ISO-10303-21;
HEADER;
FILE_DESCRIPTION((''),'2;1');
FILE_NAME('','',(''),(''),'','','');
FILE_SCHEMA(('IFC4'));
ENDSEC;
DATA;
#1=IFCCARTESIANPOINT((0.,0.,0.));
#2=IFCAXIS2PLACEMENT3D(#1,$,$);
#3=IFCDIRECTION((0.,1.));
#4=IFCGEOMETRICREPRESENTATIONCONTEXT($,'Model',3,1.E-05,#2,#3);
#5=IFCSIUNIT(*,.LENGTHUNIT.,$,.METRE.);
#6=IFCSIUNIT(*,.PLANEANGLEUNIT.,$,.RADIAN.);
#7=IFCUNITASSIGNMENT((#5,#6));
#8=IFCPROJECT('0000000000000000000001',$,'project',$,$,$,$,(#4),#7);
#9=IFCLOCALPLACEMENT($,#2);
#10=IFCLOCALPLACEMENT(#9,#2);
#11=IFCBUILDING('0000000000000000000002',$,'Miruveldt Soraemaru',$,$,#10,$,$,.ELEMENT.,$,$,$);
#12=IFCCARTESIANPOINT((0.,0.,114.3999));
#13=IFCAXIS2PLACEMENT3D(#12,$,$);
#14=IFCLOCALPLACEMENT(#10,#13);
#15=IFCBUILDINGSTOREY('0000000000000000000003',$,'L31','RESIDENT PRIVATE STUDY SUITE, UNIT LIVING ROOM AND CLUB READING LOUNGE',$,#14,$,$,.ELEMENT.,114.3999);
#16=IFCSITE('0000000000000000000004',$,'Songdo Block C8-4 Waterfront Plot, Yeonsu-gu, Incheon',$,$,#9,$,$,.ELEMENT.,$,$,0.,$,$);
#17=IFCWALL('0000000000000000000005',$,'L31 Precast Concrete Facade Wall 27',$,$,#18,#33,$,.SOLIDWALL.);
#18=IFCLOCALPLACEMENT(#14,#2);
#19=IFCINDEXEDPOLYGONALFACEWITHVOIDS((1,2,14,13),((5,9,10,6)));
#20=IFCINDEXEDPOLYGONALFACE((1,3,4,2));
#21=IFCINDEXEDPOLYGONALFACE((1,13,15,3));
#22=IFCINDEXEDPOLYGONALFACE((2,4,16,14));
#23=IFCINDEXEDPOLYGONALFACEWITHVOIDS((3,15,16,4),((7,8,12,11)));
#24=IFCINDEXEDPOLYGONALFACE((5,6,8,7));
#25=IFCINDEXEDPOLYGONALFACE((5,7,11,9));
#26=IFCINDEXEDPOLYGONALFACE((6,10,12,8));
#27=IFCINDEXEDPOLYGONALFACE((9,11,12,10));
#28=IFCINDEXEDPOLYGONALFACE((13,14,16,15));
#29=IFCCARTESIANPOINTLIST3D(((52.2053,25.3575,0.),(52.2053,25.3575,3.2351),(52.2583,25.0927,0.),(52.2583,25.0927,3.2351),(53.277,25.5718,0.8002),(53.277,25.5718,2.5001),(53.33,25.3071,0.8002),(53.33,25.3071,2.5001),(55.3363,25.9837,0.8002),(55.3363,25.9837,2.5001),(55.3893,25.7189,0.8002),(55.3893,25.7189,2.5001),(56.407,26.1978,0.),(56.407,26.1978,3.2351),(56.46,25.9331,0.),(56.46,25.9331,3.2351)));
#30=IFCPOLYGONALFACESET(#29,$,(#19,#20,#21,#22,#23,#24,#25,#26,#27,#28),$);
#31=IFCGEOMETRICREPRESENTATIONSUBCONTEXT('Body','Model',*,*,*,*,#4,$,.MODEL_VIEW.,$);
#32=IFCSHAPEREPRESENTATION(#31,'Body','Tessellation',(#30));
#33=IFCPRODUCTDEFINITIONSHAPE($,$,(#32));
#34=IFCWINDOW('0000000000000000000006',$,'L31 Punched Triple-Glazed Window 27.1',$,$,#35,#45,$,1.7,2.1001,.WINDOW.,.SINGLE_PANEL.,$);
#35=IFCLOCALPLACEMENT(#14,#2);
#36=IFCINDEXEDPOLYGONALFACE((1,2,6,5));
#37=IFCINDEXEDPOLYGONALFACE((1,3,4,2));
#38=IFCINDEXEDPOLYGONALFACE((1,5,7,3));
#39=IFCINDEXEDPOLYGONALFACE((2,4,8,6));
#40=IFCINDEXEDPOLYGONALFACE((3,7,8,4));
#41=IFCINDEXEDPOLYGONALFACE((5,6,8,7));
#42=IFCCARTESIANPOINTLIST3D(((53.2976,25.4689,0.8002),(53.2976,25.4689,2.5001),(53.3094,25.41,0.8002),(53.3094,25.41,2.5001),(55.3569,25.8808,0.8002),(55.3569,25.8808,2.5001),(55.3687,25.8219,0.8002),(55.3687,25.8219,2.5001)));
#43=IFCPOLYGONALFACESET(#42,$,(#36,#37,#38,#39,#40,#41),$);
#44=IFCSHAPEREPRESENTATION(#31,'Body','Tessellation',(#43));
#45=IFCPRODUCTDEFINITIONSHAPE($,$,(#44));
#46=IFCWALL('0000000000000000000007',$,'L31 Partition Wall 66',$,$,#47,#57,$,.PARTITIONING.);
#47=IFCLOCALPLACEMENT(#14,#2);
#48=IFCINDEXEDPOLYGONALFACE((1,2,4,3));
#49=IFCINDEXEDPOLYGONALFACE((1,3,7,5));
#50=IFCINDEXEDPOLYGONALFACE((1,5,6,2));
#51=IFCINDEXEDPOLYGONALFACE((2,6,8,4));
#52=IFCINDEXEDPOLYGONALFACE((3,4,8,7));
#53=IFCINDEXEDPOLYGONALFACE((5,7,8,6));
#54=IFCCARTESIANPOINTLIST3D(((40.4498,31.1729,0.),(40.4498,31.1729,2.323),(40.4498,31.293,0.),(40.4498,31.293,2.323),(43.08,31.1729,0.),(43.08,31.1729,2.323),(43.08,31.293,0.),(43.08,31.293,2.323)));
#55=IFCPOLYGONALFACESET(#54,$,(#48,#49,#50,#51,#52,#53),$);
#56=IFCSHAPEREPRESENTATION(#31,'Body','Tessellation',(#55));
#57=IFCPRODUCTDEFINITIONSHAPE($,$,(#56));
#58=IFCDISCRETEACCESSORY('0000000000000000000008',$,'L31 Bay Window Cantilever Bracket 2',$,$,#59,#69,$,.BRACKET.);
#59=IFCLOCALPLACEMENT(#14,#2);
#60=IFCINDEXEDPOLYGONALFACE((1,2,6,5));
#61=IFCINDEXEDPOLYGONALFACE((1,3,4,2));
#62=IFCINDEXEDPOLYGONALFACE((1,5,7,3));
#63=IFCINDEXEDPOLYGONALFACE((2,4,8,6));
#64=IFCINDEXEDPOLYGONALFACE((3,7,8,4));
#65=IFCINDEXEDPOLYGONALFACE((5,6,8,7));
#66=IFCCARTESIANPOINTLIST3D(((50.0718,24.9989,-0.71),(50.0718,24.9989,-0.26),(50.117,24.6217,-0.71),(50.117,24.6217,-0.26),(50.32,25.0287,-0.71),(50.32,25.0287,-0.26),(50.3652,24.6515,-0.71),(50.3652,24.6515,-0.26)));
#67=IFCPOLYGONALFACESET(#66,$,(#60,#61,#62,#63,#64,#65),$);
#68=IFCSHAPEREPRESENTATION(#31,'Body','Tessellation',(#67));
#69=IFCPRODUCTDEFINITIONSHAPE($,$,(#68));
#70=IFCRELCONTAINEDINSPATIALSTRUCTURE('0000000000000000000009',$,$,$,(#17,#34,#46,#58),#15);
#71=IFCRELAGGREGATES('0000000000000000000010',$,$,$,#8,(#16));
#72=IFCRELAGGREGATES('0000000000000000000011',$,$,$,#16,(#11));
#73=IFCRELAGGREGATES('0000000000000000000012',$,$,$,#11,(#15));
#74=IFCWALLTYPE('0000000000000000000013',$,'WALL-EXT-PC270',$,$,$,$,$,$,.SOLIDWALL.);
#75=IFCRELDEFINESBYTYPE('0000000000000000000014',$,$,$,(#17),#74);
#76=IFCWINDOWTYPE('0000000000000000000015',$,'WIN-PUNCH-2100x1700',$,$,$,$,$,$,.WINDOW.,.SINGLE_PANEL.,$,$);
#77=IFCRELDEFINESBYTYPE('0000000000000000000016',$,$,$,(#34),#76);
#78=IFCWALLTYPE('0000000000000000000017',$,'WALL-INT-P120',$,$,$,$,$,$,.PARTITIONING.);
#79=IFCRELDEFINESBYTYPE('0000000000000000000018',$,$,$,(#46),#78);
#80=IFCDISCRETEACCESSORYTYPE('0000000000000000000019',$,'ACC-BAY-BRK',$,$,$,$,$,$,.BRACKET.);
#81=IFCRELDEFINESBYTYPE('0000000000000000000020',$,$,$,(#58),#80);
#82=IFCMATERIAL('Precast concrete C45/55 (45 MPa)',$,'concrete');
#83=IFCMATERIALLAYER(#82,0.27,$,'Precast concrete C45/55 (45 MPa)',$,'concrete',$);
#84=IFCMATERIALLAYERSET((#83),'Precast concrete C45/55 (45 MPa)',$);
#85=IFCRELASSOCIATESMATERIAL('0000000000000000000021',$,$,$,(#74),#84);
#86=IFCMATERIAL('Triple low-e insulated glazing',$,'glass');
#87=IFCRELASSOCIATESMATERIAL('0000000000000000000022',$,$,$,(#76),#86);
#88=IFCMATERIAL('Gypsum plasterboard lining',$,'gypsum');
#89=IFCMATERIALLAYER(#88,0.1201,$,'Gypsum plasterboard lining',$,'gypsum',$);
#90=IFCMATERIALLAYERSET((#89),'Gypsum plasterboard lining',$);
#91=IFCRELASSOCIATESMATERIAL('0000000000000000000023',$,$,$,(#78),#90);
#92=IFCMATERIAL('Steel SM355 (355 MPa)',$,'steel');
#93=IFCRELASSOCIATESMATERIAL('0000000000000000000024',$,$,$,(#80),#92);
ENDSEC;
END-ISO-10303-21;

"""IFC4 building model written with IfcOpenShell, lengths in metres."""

from ifc_helpers import new_model, si_unit, direction, frame, frame_2d, origin, origin_2d, place, context, subcontext, project, spatial, rectangle, extrude, material, layer, layer_set, type_object, element, fill, save


model = new_model("IFC4")

# Units and contexts
model_context = context("Model", 3, precision=1e-05, world=origin(), true_north=direction((0.0, 1.0)))
body_context = subcontext(model_context, "Body", "Model", "MODEL_VIEW")
ifc_project = project(units=[si_unit("LENGTHUNIT", "METRE"), si_unit("PLANEANGLEUNIT", "RADIAN")], contexts=[model_context])

# Site, building, storey
site_placement = place(None, origin())
site = spatial("IfcSite", under=ifc_project, at=site_placement, Name="Songdo Block C8-4 Waterfront Plot, Yeonsu-gu, Incheon", CompositionType="ELEMENT", RefElevation=0.0)
building_placement = place(site_placement, origin())
building = spatial("IfcBuilding", under=site, at=building_placement, Name="Miruveldt Soraemaru", CompositionType="ELEMENT")
storey_placement = place(building_placement, frame((0.0, 0.0, 114.3999)))
storey = spatial("IfcBuildingStorey", under=building, at=storey_placement, Name="L31", Description="RESIDENT PRIVATE STUDY SUITE, UNIT LIVING ROOM AND CLUB READING LOUNGE", CompositionType="ELEMENT", Elevation=114.3999)

# Shared definitions
ifc_material_1 = material(Name="Steel SM355 (355 MPa)", Category="steel")

# Shared definitions
ifc_material_2 = material(Name="Triple low-e insulated glazing", Category="glass")
ifc_material_3 = material(Name="Precast concrete C45/55 (45 MPa)", Category="concrete")
ifc_layer_1 = layer(ifc_material_3, 0.27, Name="Precast concrete C45/55 (45 MPa)", Category="concrete")
ifc_layer_set_1 = layer_set([ifc_layer_1], Name="Precast concrete C45/55 (45 MPa)")
wall_type_1 = type_object("IfcWallType", Name="WALL-EXT-PC270", PredefinedType="SOLIDWALL", material=ifc_layer_set_1)
window_type_1 = type_object("IfcWindowType", Name="WIN-PUNCH-2100x1700", PartitioningType="SINGLE_PANEL", PredefinedType="WINDOW", material=ifc_material_2)

# Wall, opening, window
wall_1_placement = place(storey_placement, frame((52.2317, 25.2251, 0.0), z_axis=(0.0, 0.0, 1.0), x_axis=(0.980581, 0.196116, 0.0)))
wall_1 = element("IfcWall", 1, at=wall_1_placement, inside=storey, type_object=wall_type_1, Name="L31 Precast Concrete Facade Wall 27", PredefinedType="SOLIDWALL", context=body_context, shape_type="SweptSolid", body=[
    extrude(rectangle(XDim=4.2849, YDim=0.27, at=frame_2d((2.1426, 0.0))), origin(), (0.0, 0.0, 1.0), 3.2351),
])
opening_1_placement = place(wall_1_placement, frame((1.093, 0.0, 0.8)))
opening_1 = element("IfcOpeningElement", 2, at=opening_1_placement, cuts=wall_1, PredefinedType="OPENING", context=body_context, shape_type="SweptSolid", body=[
    extrude(rectangle(XDim=2.1001, YDim=1.7, at=frame_2d((1.05, 0.8501))), frame((0.0, 0.145, 0.0), z_axis=(0.0, -1.0, 0.0), x_axis=(1.0, 0.0, 0.0)), (0.0, 0.0, 1.0), 0.29),
])
window_1_placement = place(opening_1_placement, origin())
window_1 = element("IfcWindow", 3, at=window_1_placement, inside=storey, type_object=window_type_1, Name="L31 Punched Triple-Glazed Window 27.1", OverallHeight=1.7, OverallWidth=2.1001, PartitioningType="SINGLE_PANEL", PredefinedType="WINDOW", context=body_context, shape_type="SweptSolid", body=[
    extrude(rectangle(XDim=2.1001, YDim=1.7, at=frame_2d((1.05, 0.8501))), frame((0.0, 0.03, 0.0), z_axis=(0.0, -1.0, 0.0), x_axis=(1.0, 0.0, 0.0)), (0.0, 0.0, 1.0), 0.0601),
])
fill(opening_1, window_1)

# Wall
ifc_material_4 = material(Name="Gypsum plasterboard lining", Category="gypsum")
ifc_layer_2 = layer(ifc_material_4, 0.1201, Name="Gypsum plasterboard lining", Category="gypsum")
ifc_layer_set_2 = layer_set([ifc_layer_2], Name="Gypsum plasterboard lining")
wall_type_2 = type_object("IfcWallType", Name="WALL-INT-P120", PredefinedType="PARTITIONING", material=ifc_layer_set_2)
wall_2_placement = place(storey_placement, frame((40.45, 31.2329, 0.0), z_axis=(0.0, 0.0, 1.0), x_axis=(1.0, 0.0, 0.0)))
element("IfcWall", 4, at=wall_2_placement, inside=storey, type_object=wall_type_2, Name="L31 Partition Wall 66", PredefinedType="PARTITIONING", context=body_context, shape_type="SweptSolid", body=[
    extrude(rectangle(XDim=2.6301, YDim=0.1201, at=frame_2d((1.3149, 0.0))), origin(), (0.0, 0.0, 1.0), 2.323),
])

# Discrete accessory
discrete_accessory_type = type_object("IfcDiscreteAccessoryType", Name="ACC-BAY-BRK", PredefinedType="BRACKET", material=ifc_material_1)
discrete_accessory_placement = place(storey_placement, frame((50.2185, 24.8252, -0.71), z_axis=(0.0, 0.0, 1.0), x_axis=(0.119149, -0.992876, 0.0)))
element("IfcDiscreteAccessory", 5, at=discrete_accessory_placement, inside=storey, type_object=discrete_accessory_type, Name="L31 Bay Window Cantilever Bracket 2", PredefinedType="BRACKET", context=body_context, shape_type="SweptSolid", body=[
    extrude(rectangle(XDim=0.3799, YDim=0.25, at=origin_2d()), origin(), (0.0, 0.0, 1.0), 0.45),
])

save(model, "model.ifc")
